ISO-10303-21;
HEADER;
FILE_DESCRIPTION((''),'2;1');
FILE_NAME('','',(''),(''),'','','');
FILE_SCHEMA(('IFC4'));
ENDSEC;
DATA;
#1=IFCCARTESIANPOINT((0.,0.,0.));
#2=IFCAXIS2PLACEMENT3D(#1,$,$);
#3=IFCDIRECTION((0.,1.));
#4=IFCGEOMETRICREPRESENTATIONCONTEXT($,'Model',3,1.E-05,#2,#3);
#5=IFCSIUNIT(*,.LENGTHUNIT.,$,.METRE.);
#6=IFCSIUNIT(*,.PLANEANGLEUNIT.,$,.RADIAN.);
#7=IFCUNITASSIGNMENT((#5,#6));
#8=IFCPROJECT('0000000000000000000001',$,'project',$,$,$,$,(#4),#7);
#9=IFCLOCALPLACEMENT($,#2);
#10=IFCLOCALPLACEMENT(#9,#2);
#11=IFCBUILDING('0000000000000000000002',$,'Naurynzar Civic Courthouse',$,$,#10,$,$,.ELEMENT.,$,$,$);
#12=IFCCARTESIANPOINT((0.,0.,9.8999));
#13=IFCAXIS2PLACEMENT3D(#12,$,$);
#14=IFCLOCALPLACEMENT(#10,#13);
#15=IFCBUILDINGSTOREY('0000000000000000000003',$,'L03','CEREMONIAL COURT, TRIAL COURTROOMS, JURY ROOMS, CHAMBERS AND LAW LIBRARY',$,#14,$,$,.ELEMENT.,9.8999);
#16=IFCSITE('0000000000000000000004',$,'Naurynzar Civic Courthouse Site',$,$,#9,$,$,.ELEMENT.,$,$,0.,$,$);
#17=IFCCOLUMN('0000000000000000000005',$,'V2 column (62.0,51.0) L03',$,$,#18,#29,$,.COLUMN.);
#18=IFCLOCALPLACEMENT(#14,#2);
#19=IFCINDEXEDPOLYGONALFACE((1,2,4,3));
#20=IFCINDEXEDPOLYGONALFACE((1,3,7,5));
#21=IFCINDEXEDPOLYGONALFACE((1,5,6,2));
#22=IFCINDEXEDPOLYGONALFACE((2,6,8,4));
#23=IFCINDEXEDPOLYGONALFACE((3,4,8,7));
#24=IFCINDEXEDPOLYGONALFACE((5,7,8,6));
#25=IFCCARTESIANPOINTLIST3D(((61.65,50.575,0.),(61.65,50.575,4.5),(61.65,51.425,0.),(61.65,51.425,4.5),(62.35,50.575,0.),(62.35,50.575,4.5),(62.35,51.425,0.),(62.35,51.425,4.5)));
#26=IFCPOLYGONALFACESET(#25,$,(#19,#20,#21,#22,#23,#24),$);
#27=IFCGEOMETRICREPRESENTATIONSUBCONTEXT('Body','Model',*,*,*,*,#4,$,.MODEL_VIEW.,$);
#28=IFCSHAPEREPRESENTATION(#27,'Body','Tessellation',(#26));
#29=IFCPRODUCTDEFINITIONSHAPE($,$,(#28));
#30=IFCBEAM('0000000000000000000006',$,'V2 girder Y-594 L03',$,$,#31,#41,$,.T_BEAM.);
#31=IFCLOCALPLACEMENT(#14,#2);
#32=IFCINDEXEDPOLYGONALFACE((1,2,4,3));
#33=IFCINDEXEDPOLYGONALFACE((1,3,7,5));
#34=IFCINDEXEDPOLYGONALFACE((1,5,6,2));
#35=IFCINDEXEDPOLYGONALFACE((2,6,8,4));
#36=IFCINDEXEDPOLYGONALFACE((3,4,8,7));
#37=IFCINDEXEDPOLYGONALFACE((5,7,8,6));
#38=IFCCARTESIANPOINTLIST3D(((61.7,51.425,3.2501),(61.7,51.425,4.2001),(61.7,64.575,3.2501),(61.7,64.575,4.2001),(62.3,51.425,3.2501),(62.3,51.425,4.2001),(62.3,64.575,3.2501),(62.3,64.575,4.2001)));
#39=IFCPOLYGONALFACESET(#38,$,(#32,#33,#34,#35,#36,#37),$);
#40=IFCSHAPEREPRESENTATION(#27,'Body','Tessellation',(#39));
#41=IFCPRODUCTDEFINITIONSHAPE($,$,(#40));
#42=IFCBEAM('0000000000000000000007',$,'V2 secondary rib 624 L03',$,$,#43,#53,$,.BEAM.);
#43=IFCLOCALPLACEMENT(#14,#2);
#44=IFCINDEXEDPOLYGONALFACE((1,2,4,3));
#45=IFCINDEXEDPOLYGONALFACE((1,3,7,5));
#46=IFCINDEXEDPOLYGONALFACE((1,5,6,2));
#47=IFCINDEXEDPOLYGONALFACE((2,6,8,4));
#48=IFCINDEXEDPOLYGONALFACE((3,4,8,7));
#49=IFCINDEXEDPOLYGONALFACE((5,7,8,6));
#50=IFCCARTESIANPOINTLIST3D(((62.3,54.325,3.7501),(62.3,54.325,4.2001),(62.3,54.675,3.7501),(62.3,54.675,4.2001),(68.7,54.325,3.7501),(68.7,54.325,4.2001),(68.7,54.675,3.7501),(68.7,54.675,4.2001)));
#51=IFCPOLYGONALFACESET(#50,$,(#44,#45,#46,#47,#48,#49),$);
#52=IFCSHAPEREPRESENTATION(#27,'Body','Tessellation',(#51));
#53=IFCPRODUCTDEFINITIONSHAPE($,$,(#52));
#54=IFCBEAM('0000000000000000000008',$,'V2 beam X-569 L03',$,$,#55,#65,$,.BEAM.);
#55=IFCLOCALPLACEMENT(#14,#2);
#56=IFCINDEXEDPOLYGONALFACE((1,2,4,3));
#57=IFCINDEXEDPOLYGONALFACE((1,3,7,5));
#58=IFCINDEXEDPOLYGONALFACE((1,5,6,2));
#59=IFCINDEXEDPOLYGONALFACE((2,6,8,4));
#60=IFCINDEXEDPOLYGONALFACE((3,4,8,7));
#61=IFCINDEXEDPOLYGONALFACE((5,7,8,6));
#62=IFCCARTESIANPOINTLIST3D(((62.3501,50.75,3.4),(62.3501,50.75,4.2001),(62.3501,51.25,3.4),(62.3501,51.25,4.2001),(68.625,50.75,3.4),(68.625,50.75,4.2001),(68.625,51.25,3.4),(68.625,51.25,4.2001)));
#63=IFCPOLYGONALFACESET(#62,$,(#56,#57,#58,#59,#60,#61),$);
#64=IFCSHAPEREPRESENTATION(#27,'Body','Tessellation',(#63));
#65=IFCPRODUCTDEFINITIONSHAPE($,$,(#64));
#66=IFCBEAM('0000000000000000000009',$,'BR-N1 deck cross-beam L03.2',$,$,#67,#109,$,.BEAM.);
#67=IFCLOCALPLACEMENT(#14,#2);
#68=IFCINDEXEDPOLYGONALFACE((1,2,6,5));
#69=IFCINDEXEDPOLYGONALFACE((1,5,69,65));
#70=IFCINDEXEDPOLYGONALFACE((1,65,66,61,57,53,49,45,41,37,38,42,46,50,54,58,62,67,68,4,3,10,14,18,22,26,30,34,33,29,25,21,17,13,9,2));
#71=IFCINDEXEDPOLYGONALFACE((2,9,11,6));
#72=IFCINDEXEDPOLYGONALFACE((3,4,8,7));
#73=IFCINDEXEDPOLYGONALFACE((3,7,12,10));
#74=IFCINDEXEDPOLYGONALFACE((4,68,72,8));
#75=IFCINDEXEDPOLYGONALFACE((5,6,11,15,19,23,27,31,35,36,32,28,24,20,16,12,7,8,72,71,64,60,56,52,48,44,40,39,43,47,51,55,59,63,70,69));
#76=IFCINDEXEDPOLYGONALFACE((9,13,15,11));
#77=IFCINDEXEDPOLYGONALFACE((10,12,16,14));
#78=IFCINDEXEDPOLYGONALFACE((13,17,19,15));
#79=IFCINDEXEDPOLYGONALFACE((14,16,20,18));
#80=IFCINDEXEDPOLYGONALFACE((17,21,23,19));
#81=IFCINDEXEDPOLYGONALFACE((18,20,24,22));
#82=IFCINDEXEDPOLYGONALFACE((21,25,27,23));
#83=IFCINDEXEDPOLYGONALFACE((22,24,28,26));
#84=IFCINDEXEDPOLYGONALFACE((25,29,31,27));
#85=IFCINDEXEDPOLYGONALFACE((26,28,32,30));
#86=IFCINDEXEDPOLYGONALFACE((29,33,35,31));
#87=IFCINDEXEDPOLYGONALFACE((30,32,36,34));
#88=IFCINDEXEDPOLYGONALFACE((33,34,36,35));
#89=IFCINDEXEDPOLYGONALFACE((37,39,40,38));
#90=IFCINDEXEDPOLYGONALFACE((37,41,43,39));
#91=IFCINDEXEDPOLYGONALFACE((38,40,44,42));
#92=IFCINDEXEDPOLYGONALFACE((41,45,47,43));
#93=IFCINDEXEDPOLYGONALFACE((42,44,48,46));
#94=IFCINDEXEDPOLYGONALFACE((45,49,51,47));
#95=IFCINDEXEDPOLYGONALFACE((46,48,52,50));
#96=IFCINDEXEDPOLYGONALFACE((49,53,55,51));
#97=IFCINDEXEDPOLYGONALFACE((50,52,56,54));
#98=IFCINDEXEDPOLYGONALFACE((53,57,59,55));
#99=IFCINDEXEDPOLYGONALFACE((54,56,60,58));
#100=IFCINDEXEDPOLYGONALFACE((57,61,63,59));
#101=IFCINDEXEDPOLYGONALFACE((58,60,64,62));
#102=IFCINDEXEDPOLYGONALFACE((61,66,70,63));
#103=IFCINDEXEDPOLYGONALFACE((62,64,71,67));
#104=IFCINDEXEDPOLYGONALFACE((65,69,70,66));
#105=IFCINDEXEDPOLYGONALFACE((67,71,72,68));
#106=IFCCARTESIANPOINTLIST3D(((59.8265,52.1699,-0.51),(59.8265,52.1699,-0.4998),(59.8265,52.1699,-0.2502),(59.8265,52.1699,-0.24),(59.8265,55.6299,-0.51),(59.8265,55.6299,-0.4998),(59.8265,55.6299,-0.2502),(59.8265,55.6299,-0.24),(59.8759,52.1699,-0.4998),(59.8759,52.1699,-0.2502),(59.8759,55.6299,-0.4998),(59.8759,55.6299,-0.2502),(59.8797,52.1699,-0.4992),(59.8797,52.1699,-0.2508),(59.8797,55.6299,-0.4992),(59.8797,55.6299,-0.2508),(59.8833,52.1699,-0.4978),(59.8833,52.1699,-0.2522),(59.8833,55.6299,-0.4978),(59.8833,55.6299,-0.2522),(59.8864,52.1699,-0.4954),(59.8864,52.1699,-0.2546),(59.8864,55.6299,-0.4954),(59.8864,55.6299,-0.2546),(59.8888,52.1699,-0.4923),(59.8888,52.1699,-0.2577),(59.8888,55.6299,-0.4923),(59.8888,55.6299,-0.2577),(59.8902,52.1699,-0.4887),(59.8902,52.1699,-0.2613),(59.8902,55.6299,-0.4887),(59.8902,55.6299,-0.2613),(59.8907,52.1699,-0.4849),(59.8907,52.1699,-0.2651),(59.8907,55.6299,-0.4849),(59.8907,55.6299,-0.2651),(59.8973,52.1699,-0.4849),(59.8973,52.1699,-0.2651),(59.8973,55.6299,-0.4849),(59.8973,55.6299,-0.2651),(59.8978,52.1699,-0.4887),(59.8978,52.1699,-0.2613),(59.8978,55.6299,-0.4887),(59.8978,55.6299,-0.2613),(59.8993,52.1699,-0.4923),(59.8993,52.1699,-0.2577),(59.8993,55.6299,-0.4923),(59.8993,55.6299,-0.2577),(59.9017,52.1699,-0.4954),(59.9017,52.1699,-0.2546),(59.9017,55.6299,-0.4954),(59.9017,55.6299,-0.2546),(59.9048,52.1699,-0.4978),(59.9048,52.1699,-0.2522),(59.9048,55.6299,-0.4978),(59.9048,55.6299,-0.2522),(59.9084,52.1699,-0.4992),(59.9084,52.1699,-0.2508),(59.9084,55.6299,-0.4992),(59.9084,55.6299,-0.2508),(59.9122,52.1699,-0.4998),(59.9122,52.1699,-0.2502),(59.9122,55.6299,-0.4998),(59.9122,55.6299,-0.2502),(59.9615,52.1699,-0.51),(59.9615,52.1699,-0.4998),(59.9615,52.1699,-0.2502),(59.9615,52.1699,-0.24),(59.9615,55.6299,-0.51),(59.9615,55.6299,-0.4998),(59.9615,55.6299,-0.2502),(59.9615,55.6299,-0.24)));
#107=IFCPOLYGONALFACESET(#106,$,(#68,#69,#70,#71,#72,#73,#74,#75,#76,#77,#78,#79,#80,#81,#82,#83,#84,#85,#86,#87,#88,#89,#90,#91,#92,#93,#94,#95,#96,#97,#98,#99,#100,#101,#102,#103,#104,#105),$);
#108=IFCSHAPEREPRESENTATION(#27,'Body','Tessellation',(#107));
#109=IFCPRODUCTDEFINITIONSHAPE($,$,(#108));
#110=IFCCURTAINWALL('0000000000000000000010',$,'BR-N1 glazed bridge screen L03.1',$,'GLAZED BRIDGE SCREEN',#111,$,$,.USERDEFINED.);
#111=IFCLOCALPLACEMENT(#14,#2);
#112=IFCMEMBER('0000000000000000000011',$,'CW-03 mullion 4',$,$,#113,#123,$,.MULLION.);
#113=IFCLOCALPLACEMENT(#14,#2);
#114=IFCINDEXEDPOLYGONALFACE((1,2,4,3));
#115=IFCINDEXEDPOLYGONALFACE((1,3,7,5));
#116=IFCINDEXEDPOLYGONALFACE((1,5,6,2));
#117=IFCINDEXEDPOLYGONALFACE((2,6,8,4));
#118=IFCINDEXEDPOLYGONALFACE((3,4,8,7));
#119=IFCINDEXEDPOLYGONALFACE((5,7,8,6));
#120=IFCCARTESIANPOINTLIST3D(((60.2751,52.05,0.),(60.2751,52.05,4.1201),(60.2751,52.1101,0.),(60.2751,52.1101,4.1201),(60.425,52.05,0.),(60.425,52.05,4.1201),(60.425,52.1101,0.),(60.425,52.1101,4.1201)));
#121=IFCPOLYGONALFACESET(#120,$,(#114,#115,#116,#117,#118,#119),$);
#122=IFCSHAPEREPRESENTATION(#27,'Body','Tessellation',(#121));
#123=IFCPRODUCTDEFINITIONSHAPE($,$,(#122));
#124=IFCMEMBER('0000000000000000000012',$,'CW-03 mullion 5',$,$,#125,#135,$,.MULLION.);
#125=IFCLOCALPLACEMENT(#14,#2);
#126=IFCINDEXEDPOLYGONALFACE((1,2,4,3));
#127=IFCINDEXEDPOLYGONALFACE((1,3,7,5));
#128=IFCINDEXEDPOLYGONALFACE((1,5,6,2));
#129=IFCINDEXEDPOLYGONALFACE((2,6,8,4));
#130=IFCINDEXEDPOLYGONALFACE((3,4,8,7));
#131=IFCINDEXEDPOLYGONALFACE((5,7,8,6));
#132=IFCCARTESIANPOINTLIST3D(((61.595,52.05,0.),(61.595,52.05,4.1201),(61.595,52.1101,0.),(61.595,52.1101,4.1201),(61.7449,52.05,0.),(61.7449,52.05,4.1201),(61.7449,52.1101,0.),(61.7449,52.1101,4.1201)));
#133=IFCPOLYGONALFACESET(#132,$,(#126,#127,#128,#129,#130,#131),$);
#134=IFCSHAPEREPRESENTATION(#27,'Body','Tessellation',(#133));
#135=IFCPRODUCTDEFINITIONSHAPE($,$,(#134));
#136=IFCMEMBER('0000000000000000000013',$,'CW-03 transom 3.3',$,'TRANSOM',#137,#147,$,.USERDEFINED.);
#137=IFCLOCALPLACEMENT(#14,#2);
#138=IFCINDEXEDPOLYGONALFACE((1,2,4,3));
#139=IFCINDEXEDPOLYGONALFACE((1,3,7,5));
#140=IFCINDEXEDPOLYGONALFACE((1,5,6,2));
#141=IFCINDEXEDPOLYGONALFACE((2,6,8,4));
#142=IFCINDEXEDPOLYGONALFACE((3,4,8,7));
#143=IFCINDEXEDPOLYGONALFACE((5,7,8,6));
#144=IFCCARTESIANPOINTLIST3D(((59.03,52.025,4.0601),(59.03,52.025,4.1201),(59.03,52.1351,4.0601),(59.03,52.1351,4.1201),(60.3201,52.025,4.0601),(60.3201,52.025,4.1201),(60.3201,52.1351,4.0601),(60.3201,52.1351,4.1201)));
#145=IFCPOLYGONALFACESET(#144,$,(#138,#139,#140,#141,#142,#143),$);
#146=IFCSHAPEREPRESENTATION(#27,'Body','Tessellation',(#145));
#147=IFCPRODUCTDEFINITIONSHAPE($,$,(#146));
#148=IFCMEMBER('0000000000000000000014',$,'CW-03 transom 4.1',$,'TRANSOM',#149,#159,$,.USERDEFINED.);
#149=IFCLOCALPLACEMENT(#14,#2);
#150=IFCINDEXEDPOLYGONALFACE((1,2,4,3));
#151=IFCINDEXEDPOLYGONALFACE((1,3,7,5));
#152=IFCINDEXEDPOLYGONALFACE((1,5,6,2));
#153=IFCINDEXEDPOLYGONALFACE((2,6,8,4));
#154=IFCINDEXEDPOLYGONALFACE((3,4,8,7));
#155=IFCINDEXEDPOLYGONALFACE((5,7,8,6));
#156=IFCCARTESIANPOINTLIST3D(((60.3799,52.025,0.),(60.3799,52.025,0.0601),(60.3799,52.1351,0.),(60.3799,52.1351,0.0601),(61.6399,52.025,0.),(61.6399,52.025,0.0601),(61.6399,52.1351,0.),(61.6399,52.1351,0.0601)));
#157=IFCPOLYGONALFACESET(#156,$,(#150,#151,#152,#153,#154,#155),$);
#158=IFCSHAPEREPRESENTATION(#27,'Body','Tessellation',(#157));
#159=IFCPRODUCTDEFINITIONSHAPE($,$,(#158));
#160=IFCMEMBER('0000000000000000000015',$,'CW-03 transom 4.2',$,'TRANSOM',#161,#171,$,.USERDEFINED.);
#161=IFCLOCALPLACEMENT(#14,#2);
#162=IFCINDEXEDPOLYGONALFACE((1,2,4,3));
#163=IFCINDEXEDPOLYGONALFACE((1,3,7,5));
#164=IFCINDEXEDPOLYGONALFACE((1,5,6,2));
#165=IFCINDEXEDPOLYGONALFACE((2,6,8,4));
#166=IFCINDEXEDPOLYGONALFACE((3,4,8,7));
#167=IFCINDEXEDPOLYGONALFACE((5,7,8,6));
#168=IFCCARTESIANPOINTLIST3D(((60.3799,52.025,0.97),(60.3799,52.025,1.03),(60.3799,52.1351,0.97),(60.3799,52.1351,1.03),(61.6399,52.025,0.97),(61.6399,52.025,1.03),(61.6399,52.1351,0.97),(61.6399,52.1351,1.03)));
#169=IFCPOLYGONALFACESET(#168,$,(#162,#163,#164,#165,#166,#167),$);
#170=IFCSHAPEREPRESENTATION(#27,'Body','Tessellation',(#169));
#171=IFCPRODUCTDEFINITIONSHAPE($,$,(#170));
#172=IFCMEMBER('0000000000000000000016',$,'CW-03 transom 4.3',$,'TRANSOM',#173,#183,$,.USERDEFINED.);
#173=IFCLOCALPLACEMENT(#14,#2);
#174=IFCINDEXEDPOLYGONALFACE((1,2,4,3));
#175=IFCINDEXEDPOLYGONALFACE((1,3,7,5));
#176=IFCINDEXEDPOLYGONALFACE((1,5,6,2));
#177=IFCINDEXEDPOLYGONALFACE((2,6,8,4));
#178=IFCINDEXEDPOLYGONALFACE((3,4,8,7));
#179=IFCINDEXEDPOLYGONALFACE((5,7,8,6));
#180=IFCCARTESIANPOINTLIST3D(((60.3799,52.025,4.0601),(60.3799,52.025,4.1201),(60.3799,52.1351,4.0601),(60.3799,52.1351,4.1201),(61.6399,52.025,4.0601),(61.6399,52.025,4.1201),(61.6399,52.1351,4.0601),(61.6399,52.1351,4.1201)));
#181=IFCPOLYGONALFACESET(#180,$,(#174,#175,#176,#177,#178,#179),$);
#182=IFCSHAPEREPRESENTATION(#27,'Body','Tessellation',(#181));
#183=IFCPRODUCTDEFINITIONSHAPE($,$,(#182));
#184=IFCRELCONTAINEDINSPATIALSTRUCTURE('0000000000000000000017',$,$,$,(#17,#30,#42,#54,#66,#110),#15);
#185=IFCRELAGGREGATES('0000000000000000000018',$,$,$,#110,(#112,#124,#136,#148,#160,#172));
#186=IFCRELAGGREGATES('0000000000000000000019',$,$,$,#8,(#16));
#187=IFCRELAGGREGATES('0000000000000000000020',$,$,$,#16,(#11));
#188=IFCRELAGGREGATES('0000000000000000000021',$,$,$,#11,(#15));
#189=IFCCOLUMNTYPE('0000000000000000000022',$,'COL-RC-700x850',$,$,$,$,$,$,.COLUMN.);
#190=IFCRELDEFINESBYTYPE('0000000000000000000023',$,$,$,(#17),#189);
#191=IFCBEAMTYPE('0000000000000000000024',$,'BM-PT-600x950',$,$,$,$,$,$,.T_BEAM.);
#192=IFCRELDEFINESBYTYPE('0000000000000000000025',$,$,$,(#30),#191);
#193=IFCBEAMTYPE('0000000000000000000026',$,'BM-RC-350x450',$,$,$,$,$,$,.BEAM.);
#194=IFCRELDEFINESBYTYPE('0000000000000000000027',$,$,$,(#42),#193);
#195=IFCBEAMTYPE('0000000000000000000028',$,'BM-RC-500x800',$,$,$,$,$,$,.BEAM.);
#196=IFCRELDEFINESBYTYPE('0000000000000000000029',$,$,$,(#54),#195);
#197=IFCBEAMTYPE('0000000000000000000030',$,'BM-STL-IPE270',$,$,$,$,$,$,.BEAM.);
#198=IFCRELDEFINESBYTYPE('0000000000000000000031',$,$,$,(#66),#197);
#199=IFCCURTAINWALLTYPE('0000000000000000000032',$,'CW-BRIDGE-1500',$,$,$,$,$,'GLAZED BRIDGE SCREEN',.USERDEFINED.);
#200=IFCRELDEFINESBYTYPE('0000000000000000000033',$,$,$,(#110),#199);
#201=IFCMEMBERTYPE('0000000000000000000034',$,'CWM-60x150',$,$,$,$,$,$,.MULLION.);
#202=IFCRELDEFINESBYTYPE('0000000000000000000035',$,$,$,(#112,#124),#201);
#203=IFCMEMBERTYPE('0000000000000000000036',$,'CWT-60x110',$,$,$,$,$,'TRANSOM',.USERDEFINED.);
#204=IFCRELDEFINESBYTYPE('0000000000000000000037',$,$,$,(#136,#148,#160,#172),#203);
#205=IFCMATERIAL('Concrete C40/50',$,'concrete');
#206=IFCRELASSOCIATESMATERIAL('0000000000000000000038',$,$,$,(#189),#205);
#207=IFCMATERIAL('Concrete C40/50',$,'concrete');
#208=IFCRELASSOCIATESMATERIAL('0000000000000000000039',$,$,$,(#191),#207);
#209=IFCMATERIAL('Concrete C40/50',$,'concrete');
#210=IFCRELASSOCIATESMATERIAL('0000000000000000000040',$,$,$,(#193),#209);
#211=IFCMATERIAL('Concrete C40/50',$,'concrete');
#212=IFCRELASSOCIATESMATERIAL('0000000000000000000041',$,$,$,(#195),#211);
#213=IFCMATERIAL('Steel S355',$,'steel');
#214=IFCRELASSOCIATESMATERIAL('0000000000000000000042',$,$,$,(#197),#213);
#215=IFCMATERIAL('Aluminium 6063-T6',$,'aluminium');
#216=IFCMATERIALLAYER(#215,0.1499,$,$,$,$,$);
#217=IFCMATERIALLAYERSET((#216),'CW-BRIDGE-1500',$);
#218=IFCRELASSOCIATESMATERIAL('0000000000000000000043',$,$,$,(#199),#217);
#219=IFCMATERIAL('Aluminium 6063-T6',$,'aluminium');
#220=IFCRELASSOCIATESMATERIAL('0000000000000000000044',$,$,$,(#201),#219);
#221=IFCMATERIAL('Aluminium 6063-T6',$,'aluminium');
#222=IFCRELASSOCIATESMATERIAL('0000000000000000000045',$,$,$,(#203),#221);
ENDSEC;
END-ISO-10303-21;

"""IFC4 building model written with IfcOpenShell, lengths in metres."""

from ifc_helpers import new_model, si_unit, direction, frame, origin, origin_2d, place, context, subcontext, project, spatial, rectangle, i_section, extrude, material, layer, layer_set, material_profile, profile_set, type_object, element, aggregate, save


model = new_model("IFC4")

# Units and contexts
model_context = context("Model", 3, precision=1e-05, world=origin(), true_north=direction((0.0, 1.0)))
body_context = subcontext(model_context, "Body", "Model", "MODEL_VIEW")
ifc_project = project(units=[si_unit("LENGTHUNIT", "METRE"), si_unit("PLANEANGLEUNIT", "RADIAN")], contexts=[model_context])

# Site, building, storey
site_placement = place(None, origin())
site = spatial("IfcSite", under=ifc_project, at=site_placement, Name="Naurynzar Civic Courthouse Site", CompositionType="ELEMENT", RefElevation=0.0)
building_placement = place(site_placement, origin())
building = spatial("IfcBuilding", under=site, at=building_placement, Name="Naurynzar Civic Courthouse", CompositionType="ELEMENT")
storey_placement = place(building_placement, frame((0.0, 0.0, 9.8999)))
storey = spatial("IfcBuildingStorey", under=building, at=storey_placement, Name="L03", Description="CEREMONIAL COURT, TRIAL COURTROOMS, JURY ROOMS, CHAMBERS AND LAW LIBRARY", CompositionType="ELEMENT", Elevation=9.8999)

# Column
ifc_material_1 = material(Name="Concrete C40/50", Category="concrete")
ifc_material_profile_1 = material_profile(ifc_material_1, rectangle(XDim=0.7, YDim=0.8501, at=origin_2d()), Name="RC 700x850")
ifc_profile_set_1 = profile_set([ifc_material_profile_1], Name="Concrete C40/50")
column_type = type_object("IfcColumnType", Name="COL-RC-700x850", PredefinedType="COLUMN", material=ifc_profile_set_1)
column_placement = place(storey_placement, frame((62.0, 51.0, 0.0), z_axis=(0.0, 0.0, 1.0), x_axis=(1.0, 0.0, 0.0)))
element("IfcColumn", 1, at=column_placement, inside=storey, type_object=column_type, Name="V2 column (62.0,51.0) L03", PredefinedType="COLUMN", context=body_context, shape_type="SweptSolid", body=[
    extrude(rectangle(XDim=0.7, YDim=0.8501, at=origin_2d()), origin(), (0.0, 0.0, 1.0), 4.5),
])

# Beams
ifc_material_2 = material(Name="Concrete C40/50", Category="concrete")
ifc_material_profile_2 = material_profile(ifc_material_2, rectangle(XDim=0.6001, YDim=0.95, at=origin_2d()), Name="PTB 600x950")
ifc_profile_set_2 = profile_set([ifc_material_profile_2], Name="Concrete C40/50")
beam_type_1 = type_object("IfcBeamType", Name="BM-PT-600x950", PredefinedType="T_BEAM", material=ifc_profile_set_2)
beam_1_placement = place(storey_placement, frame((62.0, 51.425, 3.7251), z_axis=(0.0, 1.0, 0.0), x_axis=(-1.0, 0.0, 0.0)))
element("IfcBeam", 2, at=beam_1_placement, inside=storey, type_object=beam_type_1, Name="V2 girder Y-594 L03", PredefinedType="T_BEAM", context=body_context, shape_type="SweptSolid", body=[
    extrude(rectangle(XDim=0.6001, YDim=0.95, at=origin_2d()), origin(), (0.0, 0.0, 1.0), 13.1499),
])
ifc_material_3 = material(Name="Concrete C40/50", Category="concrete")
ifc_material_profile_3 = material_profile(ifc_material_3, rectangle(XDim=0.3501, YDim=0.45, at=origin_2d()), Name="RCB 350x450")
ifc_profile_set_3 = profile_set([ifc_material_profile_3], Name="Concrete C40/50")
beam_type_2 = type_object("IfcBeamType", Name="BM-RC-350x450", PredefinedType="BEAM", material=ifc_profile_set_3)
beam_2_placement = place(storey_placement, frame((62.3, 54.5, 3.9751), z_axis=(1.0, 0.0, 0.0), x_axis=(0.0, 1.0, 0.0)))
element("IfcBeam", 3, at=beam_2_placement, inside=storey, type_object=beam_type_2, Name="V2 secondary rib 624 L03", PredefinedType="BEAM", context=body_context, shape_type="SweptSolid", body=[
    extrude(rectangle(XDim=0.3501, YDim=0.45, at=origin_2d()), origin(), (0.0, 0.0, 1.0), 6.3999),
])
ifc_material_4 = material(Name="Concrete C40/50", Category="concrete")
ifc_material_profile_4 = material_profile(ifc_material_4, rectangle(XDim=0.5, YDim=0.8, at=origin_2d()), Name="RCB 500x800")
ifc_profile_set_4 = profile_set([ifc_material_profile_4], Name="Concrete C40/50")
beam_type_3 = type_object("IfcBeamType", Name="BM-RC-500x800", PredefinedType="BEAM", material=ifc_profile_set_4)
beam_3_placement = place(storey_placement, frame((62.3501, 51.0, 3.8), z_axis=(1.0, 0.0, 0.0), x_axis=(0.0, 1.0, 0.0)))
element("IfcBeam", 4, at=beam_3_placement, inside=storey, type_object=beam_type_3, Name="V2 beam X-569 L03", PredefinedType="BEAM", context=body_context, shape_type="SweptSolid", body=[
    extrude(rectangle(XDim=0.5, YDim=0.8, at=origin_2d()), origin(), (0.0, 0.0, 1.0), 6.2749),
])
ifc_material_5 = material(Name="Steel S355", Category="steel")
ifc_material_profile_5 = material_profile(ifc_material_5, i_section(OverallWidth=0.135, OverallDepth=0.27, WebThickness=0.0066, FlangeThickness=0.0103, FilletRadius=0.0149, at=origin_2d()), Name="IPE 270")
ifc_profile_set_5 = profile_set([ifc_material_profile_5], Name="Steel S355")
beam_type_4 = type_object("IfcBeamType", Name="BM-STL-IPE270", PredefinedType="BEAM", material=ifc_profile_set_5)
beam_4_placement = place(storey_placement, frame((59.894, 52.1699, -0.375), z_axis=(0.0, 1.0, 0.0), x_axis=(-1.0, 0.0, 0.0)))
element("IfcBeam", 5, at=beam_4_placement, inside=storey, type_object=beam_type_4, Name="BR-N1 deck cross-beam L03.2", PredefinedType="BEAM", context=body_context, shape_type="SweptSolid", body=[
    extrude(i_section(OverallWidth=0.135, OverallDepth=0.27, WebThickness=0.0066, FlangeThickness=0.0103, FilletRadius=0.0149, at=origin_2d()), origin(), (0.0, 0.0, 1.0), 3.46),
])

# Curtain wall, members
ifc_material_6 = material(Name="Aluminium 6063-T6", Category="aluminium")
ifc_layer_1 = layer(ifc_material_6, 0.1499)
ifc_layer_set_1 = layer_set([ifc_layer_1], Name="CW-BRIDGE-1500")
curtain_wall_type = type_object("IfcCurtainWallType", Name="CW-BRIDGE-1500", ElementType="GLAZED BRIDGE SCREEN", PredefinedType="USERDEFINED", material=ifc_layer_set_1)
curtain_wall_placement = place(storey_placement, origin())
curtain_wall = element("IfcCurtainWall", 6, at=curtain_wall_placement, inside=storey, type_object=curtain_wall_type, Name="BR-N1 glazed bridge screen L03.1", ObjectType="GLAZED BRIDGE SCREEN", PredefinedType="USERDEFINED")
ifc_material_7 = material(Name="Aluminium 6063-T6", Category="aluminium")
ifc_material_profile_6 = material_profile(ifc_material_7, rectangle(XDim=0.0601, YDim=0.1499, at=origin_2d()), Name="ALU MULLION 60x150")
ifc_profile_set_6 = profile_set([ifc_material_profile_6], Name="Aluminium 6063-T6")
member_type_1 = type_object("IfcMemberType", Name="CWM-60x150", PredefinedType="MULLION", material=ifc_profile_set_6)
member_1_placement = place(storey_placement, frame((60.3501, 52.0801, 0.0), z_axis=(0.0, 0.0, 1.0), x_axis=(0.0, 1.0, 0.0)))
member_1 = element("IfcMember", 7, at=member_1_placement, type_object=member_type_1, Name="CW-03 mullion 4", PredefinedType="MULLION", context=body_context, shape_type="SweptSolid", body=[
    extrude(rectangle(XDim=0.0601, YDim=0.1499, at=origin_2d()), origin(), (0.0, 0.0, 1.0), 4.1201),
])
member_2_placement = place(storey_placement, frame((61.6699, 52.0801, 0.0), z_axis=(0.0, 0.0, 1.0), x_axis=(0.0, 1.0, 0.0)))
member_2 = element("IfcMember", 8, at=member_2_placement, type_object=member_type_1, Name="CW-03 mullion 5", PredefinedType="MULLION", context=body_context, shape_type="SweptSolid", body=[
    extrude(rectangle(XDim=0.0601, YDim=0.1499, at=origin_2d()), origin(), (0.0, 0.0, 1.0), 4.1201),
])
ifc_material_8 = material(Name="Aluminium 6063-T6", Category="aluminium")
ifc_material_profile_7 = material_profile(ifc_material_8, rectangle(XDim=0.1101, YDim=0.0601, at=origin_2d()), Name="ALU TRANSOM 60x110")
ifc_profile_set_7 = profile_set([ifc_material_profile_7], Name="Aluminium 6063-T6")
member_type_2 = type_object("IfcMemberType", Name="CWT-60x110", ElementType="TRANSOM", PredefinedType="USERDEFINED", material=ifc_profile_set_7)
member_3_placement = place(storey_placement, frame((59.03, 52.0801, 4.0901), z_axis=(1.0, 0.0, 0.0), x_axis=(0.0, 1.0, 0.0)))
member_3 = element("IfcMember", 9, at=member_3_placement, type_object=member_type_2, Name="CW-03 transom 3.3", ObjectType="TRANSOM", PredefinedType="USERDEFINED", context=body_context, shape_type="SweptSolid", body=[
    extrude(rectangle(XDim=0.1101, YDim=0.0601, at=origin_2d()), origin(), (0.0, 0.0, 1.0), 1.29),
])
member_4_placement = place(storey_placement, frame((60.3799, 52.0801, 0.03), z_axis=(1.0, 0.0, 0.0), x_axis=(0.0, 1.0, 0.0)))
member_4 = element("IfcMember", 10, at=member_4_placement, type_object=member_type_2, Name="CW-03 transom 4.1", ObjectType="TRANSOM", PredefinedType="USERDEFINED", context=body_context, shape_type="SweptSolid", body=[
    extrude(rectangle(XDim=0.1101, YDim=0.0601, at=origin_2d()), origin(), (0.0, 0.0, 1.0), 1.26),
])
member_5_placement = place(storey_placement, frame((60.3799, 52.0801, 1.0), z_axis=(1.0, 0.0, 0.0), x_axis=(0.0, 1.0, 0.0)))
member_5 = element("IfcMember", 11, at=member_5_placement, type_object=member_type_2, Name="CW-03 transom 4.2", ObjectType="TRANSOM", PredefinedType="USERDEFINED", context=body_context, shape_type="SweptSolid", body=[
    extrude(rectangle(XDim=0.1101, YDim=0.0601, at=origin_2d()), origin(), (0.0, 0.0, 1.0), 1.26),
])
member_6_placement = place(storey_placement, frame((60.3799, 52.0801, 4.0901), z_axis=(1.0, 0.0, 0.0), x_axis=(0.0, 1.0, 0.0)))
member_6 = element("IfcMember", 12, at=member_6_placement, type_object=member_type_2, Name="CW-03 transom 4.3", ObjectType="TRANSOM", PredefinedType="USERDEFINED", context=body_context, shape_type="SweptSolid", body=[
    extrude(rectangle(XDim=0.1101, YDim=0.0601, at=origin_2d()), origin(), (0.0, 0.0, 1.0), 1.26),
])
aggregate(curtain_wall, [member_1, member_2, member_3, member_4, member_5, member_6])

save(model, "model.ifc")
